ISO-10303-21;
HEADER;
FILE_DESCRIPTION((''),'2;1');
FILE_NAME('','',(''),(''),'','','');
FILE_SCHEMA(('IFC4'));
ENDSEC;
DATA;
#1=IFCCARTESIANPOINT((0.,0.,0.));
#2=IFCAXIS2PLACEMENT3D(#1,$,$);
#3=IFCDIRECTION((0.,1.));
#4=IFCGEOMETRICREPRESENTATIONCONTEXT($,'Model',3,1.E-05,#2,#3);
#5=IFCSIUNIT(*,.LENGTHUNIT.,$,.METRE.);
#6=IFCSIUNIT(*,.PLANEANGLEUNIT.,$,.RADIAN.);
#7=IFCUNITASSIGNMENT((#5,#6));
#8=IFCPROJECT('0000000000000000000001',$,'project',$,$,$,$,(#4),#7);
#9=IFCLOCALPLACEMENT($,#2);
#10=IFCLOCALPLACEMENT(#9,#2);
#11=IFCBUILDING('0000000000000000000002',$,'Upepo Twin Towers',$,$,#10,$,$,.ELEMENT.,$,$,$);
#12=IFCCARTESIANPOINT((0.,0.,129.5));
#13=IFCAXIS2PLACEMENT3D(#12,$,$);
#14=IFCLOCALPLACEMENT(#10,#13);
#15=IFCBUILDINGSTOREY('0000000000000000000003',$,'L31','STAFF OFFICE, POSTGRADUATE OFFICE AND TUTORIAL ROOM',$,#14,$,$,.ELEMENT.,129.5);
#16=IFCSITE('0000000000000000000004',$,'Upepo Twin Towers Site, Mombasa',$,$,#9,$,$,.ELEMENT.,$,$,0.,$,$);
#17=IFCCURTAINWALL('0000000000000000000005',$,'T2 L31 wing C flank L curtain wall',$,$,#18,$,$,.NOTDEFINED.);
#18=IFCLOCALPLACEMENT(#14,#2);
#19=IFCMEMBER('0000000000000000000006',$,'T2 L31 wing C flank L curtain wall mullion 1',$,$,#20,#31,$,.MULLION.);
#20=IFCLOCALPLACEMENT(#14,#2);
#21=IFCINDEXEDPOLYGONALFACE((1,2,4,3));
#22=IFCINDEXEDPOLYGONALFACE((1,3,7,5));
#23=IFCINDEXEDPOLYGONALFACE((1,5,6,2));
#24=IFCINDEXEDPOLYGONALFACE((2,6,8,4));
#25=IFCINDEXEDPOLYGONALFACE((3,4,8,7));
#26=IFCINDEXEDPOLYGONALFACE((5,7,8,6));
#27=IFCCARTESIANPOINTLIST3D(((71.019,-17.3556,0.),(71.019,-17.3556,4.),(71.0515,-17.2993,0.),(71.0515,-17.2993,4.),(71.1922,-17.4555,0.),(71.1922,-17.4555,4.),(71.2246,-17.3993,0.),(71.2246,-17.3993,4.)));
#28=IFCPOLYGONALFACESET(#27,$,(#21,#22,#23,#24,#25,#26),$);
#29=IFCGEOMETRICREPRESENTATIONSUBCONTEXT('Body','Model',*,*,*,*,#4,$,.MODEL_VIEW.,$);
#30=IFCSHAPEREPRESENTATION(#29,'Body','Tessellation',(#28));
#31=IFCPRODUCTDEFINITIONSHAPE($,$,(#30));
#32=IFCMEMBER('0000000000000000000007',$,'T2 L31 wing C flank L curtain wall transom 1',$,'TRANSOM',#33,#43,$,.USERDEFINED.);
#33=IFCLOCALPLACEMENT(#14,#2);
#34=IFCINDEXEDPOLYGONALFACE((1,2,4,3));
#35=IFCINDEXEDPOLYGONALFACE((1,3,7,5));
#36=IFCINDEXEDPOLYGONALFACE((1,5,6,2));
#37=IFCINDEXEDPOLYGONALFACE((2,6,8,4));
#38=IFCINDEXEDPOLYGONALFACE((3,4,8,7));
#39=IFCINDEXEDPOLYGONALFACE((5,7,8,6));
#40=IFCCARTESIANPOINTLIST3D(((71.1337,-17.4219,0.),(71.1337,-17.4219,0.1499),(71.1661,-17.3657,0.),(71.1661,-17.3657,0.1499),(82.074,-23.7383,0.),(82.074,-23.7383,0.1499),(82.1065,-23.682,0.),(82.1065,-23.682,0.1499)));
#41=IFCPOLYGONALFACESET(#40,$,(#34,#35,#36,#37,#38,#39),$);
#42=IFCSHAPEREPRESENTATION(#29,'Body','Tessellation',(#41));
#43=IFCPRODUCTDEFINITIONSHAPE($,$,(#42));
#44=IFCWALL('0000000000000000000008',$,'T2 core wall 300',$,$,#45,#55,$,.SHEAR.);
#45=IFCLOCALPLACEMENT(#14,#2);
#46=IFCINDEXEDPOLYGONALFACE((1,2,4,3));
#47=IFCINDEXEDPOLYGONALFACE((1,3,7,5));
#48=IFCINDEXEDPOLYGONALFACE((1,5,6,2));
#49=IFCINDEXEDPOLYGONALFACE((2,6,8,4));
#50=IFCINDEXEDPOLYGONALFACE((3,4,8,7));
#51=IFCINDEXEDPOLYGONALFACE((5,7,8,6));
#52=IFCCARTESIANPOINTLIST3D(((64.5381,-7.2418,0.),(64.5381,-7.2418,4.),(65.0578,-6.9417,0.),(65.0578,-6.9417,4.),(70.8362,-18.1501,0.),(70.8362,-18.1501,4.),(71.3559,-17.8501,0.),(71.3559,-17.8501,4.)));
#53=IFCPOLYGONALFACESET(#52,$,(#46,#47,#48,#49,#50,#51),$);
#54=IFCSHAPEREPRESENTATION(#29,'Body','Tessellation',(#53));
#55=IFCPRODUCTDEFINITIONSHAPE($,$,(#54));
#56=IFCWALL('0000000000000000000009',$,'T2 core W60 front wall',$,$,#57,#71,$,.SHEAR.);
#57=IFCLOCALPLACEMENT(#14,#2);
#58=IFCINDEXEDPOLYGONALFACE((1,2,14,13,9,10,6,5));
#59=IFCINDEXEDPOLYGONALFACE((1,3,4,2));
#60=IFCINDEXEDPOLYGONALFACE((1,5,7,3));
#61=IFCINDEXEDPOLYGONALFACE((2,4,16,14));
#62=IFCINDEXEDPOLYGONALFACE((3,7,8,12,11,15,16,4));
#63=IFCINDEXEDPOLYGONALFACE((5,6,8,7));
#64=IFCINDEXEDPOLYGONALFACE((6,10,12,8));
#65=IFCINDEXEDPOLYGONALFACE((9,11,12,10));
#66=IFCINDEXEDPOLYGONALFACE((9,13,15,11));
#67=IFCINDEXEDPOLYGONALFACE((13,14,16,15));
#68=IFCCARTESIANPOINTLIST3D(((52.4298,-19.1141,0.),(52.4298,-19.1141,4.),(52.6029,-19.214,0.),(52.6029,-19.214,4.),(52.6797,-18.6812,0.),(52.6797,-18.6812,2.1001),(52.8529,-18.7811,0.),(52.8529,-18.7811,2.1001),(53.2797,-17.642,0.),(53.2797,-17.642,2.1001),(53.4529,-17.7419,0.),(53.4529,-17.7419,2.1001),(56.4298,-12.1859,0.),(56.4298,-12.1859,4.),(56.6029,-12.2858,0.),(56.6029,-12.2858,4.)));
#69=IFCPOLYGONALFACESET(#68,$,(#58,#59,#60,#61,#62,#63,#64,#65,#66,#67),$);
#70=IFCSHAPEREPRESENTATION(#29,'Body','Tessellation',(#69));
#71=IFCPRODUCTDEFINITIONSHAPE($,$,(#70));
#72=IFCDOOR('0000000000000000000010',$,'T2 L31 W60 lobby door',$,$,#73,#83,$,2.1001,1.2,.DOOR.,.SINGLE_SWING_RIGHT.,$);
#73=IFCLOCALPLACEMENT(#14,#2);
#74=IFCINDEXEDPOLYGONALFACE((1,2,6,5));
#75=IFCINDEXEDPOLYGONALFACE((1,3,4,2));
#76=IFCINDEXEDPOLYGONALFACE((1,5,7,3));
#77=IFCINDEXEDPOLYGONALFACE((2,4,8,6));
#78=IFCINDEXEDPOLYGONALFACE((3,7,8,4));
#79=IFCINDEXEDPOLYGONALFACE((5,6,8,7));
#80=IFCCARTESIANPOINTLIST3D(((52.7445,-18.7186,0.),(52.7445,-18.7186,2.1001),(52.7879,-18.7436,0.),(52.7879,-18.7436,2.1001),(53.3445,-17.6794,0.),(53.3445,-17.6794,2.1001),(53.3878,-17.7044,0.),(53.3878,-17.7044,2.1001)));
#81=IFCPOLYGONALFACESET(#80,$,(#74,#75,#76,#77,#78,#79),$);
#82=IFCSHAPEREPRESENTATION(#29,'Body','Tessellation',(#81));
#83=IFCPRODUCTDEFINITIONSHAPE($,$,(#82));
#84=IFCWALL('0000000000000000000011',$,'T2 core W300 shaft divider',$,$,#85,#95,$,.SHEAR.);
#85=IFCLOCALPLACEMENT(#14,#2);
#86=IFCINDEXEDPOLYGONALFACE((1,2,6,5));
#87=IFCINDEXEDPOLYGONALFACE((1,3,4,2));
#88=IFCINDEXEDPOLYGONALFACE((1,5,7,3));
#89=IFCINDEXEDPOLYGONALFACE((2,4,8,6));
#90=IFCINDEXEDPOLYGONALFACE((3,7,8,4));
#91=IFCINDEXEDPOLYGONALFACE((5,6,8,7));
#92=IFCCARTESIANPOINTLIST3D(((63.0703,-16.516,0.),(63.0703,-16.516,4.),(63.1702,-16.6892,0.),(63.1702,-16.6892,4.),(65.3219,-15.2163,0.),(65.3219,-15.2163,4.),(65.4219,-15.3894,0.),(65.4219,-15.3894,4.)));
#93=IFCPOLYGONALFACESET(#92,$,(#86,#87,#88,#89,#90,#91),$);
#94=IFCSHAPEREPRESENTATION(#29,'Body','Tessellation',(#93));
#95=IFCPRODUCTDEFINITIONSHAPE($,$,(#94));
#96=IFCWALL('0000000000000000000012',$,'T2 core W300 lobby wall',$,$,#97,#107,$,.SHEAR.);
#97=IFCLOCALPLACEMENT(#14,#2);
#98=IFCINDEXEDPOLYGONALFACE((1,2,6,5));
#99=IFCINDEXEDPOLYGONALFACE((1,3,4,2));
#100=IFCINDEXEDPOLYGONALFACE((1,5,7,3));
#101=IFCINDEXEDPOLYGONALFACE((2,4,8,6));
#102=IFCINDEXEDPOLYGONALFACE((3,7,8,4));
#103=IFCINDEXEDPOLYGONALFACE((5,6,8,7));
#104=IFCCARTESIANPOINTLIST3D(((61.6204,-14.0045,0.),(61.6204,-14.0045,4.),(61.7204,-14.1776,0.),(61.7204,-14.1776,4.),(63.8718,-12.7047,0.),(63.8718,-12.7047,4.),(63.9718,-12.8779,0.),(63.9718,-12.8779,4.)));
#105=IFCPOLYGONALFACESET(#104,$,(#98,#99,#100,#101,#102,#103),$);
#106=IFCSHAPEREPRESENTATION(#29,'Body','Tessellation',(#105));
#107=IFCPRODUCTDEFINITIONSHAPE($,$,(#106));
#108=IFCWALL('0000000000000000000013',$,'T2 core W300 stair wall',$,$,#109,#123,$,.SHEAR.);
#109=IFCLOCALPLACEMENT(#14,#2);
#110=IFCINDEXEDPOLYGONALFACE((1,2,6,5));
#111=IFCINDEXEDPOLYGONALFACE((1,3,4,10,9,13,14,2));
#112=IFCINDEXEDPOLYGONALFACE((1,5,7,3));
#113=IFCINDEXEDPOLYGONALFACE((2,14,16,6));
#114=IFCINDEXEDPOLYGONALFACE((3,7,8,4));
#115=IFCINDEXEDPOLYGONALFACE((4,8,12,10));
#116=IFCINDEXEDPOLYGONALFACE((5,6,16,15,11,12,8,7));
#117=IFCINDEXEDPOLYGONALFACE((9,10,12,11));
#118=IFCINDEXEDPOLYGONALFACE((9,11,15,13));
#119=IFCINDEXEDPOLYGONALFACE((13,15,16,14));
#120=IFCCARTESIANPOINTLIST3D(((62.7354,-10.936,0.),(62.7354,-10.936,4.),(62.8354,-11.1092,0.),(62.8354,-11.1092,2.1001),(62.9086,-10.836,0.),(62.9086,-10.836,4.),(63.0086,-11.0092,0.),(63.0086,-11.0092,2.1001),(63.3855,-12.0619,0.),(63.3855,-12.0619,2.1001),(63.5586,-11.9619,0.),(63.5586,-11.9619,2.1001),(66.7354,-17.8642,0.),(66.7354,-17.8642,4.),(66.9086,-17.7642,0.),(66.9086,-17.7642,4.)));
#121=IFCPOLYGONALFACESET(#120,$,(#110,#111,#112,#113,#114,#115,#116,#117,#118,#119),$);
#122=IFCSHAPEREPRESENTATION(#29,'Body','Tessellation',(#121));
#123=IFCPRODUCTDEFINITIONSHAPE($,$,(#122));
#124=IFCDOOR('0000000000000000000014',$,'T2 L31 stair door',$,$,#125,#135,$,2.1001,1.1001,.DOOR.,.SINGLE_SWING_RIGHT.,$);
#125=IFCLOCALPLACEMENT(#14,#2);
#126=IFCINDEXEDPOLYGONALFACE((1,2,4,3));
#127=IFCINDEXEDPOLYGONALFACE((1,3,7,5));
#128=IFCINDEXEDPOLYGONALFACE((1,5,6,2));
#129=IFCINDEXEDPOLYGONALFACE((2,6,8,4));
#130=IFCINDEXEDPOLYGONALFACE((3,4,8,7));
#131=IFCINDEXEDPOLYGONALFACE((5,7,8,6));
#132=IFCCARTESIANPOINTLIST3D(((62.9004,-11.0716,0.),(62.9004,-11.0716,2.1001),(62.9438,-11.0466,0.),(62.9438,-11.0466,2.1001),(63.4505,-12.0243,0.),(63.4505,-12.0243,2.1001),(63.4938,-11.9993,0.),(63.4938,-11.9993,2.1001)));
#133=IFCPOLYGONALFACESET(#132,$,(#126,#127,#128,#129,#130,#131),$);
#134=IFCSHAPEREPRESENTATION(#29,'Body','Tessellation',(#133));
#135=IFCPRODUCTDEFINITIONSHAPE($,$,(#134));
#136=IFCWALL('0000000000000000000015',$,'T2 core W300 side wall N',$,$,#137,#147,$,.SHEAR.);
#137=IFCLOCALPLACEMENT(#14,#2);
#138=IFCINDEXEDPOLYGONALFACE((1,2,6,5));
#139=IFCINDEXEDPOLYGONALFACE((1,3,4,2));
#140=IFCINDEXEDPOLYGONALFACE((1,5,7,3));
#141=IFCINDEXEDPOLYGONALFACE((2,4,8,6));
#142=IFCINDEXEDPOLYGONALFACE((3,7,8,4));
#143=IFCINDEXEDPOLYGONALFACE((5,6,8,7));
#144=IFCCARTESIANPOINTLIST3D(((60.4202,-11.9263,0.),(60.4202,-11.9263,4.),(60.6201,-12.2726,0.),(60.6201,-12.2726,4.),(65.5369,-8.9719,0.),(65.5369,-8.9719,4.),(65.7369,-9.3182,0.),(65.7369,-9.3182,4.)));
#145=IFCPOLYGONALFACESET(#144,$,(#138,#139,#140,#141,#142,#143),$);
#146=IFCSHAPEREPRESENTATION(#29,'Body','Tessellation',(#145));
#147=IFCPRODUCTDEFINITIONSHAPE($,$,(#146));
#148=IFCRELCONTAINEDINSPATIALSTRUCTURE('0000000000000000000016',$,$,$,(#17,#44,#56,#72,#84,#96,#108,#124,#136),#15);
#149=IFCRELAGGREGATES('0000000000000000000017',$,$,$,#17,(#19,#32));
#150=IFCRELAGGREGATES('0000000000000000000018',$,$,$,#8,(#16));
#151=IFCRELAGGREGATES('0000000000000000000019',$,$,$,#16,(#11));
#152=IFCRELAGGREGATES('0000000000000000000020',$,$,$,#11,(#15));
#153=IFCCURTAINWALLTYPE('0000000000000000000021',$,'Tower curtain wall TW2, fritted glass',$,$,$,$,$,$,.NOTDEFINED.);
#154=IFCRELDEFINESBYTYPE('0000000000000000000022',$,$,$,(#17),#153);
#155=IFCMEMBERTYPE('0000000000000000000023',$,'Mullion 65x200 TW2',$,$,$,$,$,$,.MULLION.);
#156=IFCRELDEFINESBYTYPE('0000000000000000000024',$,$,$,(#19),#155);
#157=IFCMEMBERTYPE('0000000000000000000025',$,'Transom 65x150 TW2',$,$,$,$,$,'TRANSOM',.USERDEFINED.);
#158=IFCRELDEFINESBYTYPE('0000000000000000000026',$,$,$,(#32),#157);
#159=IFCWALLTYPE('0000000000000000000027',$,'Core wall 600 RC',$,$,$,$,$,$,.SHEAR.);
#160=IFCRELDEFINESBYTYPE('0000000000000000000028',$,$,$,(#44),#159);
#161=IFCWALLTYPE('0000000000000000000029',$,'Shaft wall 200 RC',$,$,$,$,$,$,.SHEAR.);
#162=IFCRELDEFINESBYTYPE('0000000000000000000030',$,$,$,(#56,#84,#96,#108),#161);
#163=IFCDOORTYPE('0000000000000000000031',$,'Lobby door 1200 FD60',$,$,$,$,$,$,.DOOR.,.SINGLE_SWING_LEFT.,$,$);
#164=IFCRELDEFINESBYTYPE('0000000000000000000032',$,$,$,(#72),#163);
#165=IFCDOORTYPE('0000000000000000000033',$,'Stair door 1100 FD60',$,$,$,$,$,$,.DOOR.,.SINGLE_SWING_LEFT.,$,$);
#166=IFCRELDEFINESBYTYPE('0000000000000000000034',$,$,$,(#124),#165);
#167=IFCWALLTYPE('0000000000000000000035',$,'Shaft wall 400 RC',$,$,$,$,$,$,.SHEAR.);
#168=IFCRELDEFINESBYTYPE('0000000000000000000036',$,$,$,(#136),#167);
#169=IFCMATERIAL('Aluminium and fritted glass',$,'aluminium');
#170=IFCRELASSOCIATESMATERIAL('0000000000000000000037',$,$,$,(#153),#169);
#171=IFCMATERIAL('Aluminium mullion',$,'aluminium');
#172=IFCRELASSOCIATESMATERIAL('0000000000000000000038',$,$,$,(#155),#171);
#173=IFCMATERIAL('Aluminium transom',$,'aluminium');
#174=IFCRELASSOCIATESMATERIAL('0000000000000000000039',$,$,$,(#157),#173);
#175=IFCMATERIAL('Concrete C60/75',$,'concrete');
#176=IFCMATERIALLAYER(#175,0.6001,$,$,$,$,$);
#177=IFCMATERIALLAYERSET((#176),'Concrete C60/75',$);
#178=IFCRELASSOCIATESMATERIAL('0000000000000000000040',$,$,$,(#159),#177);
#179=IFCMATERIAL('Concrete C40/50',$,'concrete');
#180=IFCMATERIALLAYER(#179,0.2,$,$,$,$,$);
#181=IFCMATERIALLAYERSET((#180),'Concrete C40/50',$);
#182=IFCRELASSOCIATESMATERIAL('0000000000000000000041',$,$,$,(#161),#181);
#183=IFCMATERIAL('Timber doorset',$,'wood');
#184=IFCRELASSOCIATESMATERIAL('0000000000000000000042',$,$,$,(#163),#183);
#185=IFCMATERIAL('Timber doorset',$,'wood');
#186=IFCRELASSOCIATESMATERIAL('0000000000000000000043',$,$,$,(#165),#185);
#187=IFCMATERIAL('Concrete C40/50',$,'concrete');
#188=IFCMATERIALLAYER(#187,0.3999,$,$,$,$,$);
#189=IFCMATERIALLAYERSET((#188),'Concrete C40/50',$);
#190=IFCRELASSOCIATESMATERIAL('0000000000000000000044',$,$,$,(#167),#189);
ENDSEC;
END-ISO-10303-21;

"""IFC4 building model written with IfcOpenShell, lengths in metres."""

from ifc_helpers import new_model, si_unit, direction, frame, frame_2d, origin, origin_2d, place, context, subcontext, project, spatial, rectangle, extrude, material, layer, layer_set, material_profile, profile_set, type_object, element, fill, aggregate, save


model = new_model("IFC4")

# Units and contexts
model_context = context("Model", 3, precision=1e-05, world=origin(), true_north=direction((0.0, 1.0)))
body_context = subcontext(model_context, "Body", "Model", "MODEL_VIEW")
ifc_project = project(units=[si_unit("LENGTHUNIT", "METRE"), si_unit("PLANEANGLEUNIT", "RADIAN")], contexts=[model_context])

# Site, building, storey
site_placement = place(None, origin())
site = spatial("IfcSite", under=ifc_project, at=site_placement, Name="Upepo Twin Towers Site, Mombasa", CompositionType="ELEMENT", RefElevation=0.0)
building_placement = place(site_placement, origin())
building = spatial("IfcBuilding", under=site, at=building_placement, Name="Upepo Twin Towers", CompositionType="ELEMENT")
storey_placement = place(building_placement, frame((0.0, 0.0, 129.5)))
storey = spatial("IfcBuildingStorey", under=building, at=storey_placement, Name="L31", Description="STAFF OFFICE, POSTGRADUATE OFFICE AND TUTORIAL ROOM", CompositionType="ELEMENT", Elevation=129.5)

# Curtain wall, members
ifc_material_1 = material(Name="Aluminium and fritted glass", Category="aluminium")
curtain_wall_type = type_object("IfcCurtainWallType", Name="Tower curtain wall TW2, fritted glass", PredefinedType="NOTDEFINED", material=ifc_material_1)
curtain_wall_placement = place(storey_placement, origin())
curtain_wall = element("IfcCurtainWall", 1, at=curtain_wall_placement, inside=storey, type_object=curtain_wall_type, Name="T2 L31 wing C flank L curtain wall", PredefinedType="NOTDEFINED")
ifc_material_2 = material(Name="Aluminium mullion", Category="aluminium")
ifc_material_profile_1 = material_profile(ifc_material_2, rectangle(XDim=0.0649, YDim=0.2, at=origin_2d()), Name="MULLION 65x200")
ifc_profile_set_1 = profile_set([ifc_material_profile_1], Name="Aluminium mullion")
member_type_1 = type_object("IfcMemberType", Name="Mullion 65x200 TW2", PredefinedType="MULLION", material=ifc_profile_set_1)
member_1_placement = place(storey_placement, frame((71.1218, -17.3774, 0.0), z_axis=(0.0, 0.0, 1.0), x_axis=(0.5, 0.866025, 0.0)))
member_1 = element("IfcMember", 2, at=member_1_placement, type_object=member_type_1, Name="T2 L31 wing C flank L curtain wall mullion 1", PredefinedType="MULLION", context=body_context, shape_type="SweptSolid", body=[
    extrude(rectangle(XDim=0.0649, YDim=0.2, at=origin_2d()), origin(), (0.0, 0.0, 1.0), 4.0),
])
ifc_material_3 = material(Name="Aluminium transom", Category="aluminium")
ifc_material_profile_2 = material_profile(ifc_material_3, rectangle(XDim=0.0649, YDim=0.1499, at=origin_2d()), Name="TRANSOM 65x150")
ifc_profile_set_2 = profile_set([ifc_material_profile_2], Name="Aluminium transom")
member_type_2 = type_object("IfcMemberType", Name="Transom 65x150 TW2", ElementType="TRANSOM", PredefinedType="USERDEFINED", material=ifc_profile_set_2)
member_2_placement = place(storey_placement, frame((71.1499, -17.3938, 0.075), z_axis=(0.866027, -0.499997, 0.0), x_axis=(0.499997, 0.866027, 0.0)))
member_2 = element("IfcMember", 3, at=member_2_placement, type_object=member_type_2, Name="T2 L31 wing C flank L curtain wall transom 1", ObjectType="TRANSOM", PredefinedType="USERDEFINED", context=body_context, shape_type="SweptSolid", body=[
    extrude(rectangle(XDim=0.0649, YDim=0.1499, at=origin_2d()), origin(), (0.0, 0.0, 1.0), 12.6328),
])
aggregate(curtain_wall, [member_1, member_2])

# Wall
ifc_material_4 = material(Name="Concrete C60/75", Category="concrete")
ifc_layer_1 = layer(ifc_material_4, 0.6001)
ifc_layer_set_1 = layer_set([ifc_layer_1], Name="Concrete C60/75")
wall_type_1 = type_object("IfcWallType", Name="Core wall 600 RC", PredefinedType="SHEAR", material=ifc_layer_set_1)
wall_1_placement = place(storey_placement, frame((71.0959, -18.0, 0.0), z_axis=(0.0, 0.0, 1.0), x_axis=(-0.500006, 0.866022, 0.0)))
element("IfcWall", 4, at=wall_1_placement, inside=storey, type_object=wall_type_1, Name="T2 core wall 300", PredefinedType="SHEAR", context=body_context, shape_type="SweptSolid", body=[
    extrude(rectangle(XDim=12.5959, YDim=0.6001, at=frame_2d((6.2979, 0.0))), origin(), (0.0, 0.0, 1.0), 4.0),
])

# Wall, opening, door
ifc_material_5 = material(Name="Concrete C40/50", Category="concrete")
ifc_layer_2 = layer(ifc_material_5, 0.2)
ifc_layer_set_2 = layer_set([ifc_layer_2], Name="Concrete C40/50")
wall_type_2 = type_object("IfcWallType", Name="Shaft wall 200 RC", PredefinedType="SHEAR", material=ifc_layer_set_2)
wall_2_placement = place(storey_placement, frame((56.5164, -12.2358, 0.0), z_axis=(0.0, 0.0, 1.0), x_axis=(-0.499999, -0.866026, 0.0)))
wall_2 = element("IfcWall", 5, at=wall_2_placement, inside=storey, type_object=wall_type_2, Name="T2 core W60 front wall", PredefinedType="SHEAR", context=body_context, shape_type="SweptSolid", body=[
    extrude(rectangle(XDim=8.0, YDim=0.2, at=frame_2d((4.0, 0.0))), origin(), (0.0, 0.0, 1.0), 4.0),
])
opening_1_placement = place(wall_2_placement, frame((6.3, 0.0, 0.0)))
opening_1 = element("IfcOpeningElement", 6, at=opening_1_placement, cuts=wall_2, PredefinedType="OPENING", context=body_context, shape_type="SweptSolid", body=[
    extrude(rectangle(XDim=1.2, YDim=2.1001, at=frame_2d((0.6001, 1.05))), frame((0.0, 0.1099, 0.0), z_axis=(0.0, -1.0, 0.0), x_axis=(1.0, 0.0, 0.0)), (0.0, 0.0, 1.0), 0.22),
])
ifc_material_6 = material(Name="Timber doorset", Category="wood")
door_type_1 = type_object("IfcDoorType", Name="Lobby door 1200 FD60", OperationType="SINGLE_SWING_LEFT", PredefinedType="DOOR", material=ifc_material_6)
door_1_placement = place(opening_1_placement, origin())
door_1 = element("IfcDoor", 7, at=door_1_placement, inside=storey, type_object=door_type_1, Name="T2 L31 W60 lobby door", OperationType="SINGLE_SWING_RIGHT", OverallHeight=2.1001, OverallWidth=1.2, PredefinedType="DOOR", context=body_context, shape_type="SweptSolid", body=[
    extrude(rectangle(XDim=1.2, YDim=2.1001, at=frame_2d((0.6001, 1.05))), frame((0.0, 0.0249, 0.0), z_axis=(0.0, -1.0, 0.0), x_axis=(1.0, 0.0, 0.0)), (0.0, 0.0, 1.0), 0.05),
])
fill(opening_1, door_1)

# Walls
wall_3_placement = place(storey_placement, frame((63.1204, -16.6025, 0.0), z_axis=(0.0, 0.0, 1.0), x_axis=(0.866062, 0.499937, 0.0)))
element("IfcWall", 8, at=wall_3_placement, inside=storey, type_object=wall_type_2, Name="T2 core W300 shaft divider", PredefinedType="SHEAR", context=body_context, shape_type="SweptSolid", body=[
    extrude(rectangle(XDim=2.5999, YDim=0.2, at=frame_2d((1.2998, 0.0))), origin(), (0.0, 0.0, 1.0), 4.0),
])
wall_4_placement = place(storey_placement, frame((61.6704, -14.0911, 0.0), z_axis=(0.0, 0.0, 1.0), x_axis=(0.866039, 0.499977, 0.0)))
element("IfcWall", 9, at=wall_4_placement, inside=storey, type_object=wall_type_2, Name="T2 core W300 lobby wall", PredefinedType="SHEAR", context=body_context, shape_type="SweptSolid", body=[
    extrude(rectangle(XDim=2.5996, YDim=0.2, at=frame_2d((1.2998, 0.0))), origin(), (0.0, 0.0, 1.0), 4.0),
])

# Wall, opening, door
wall_5_placement = place(storey_placement, frame((66.822, -17.8142, 0.0), z_axis=(0.0, 0.0, 1.0), x_axis=(-0.499999, 0.866026, 0.0)))
wall_5 = element("IfcWall", 10, at=wall_5_placement, inside=storey, type_object=wall_type_2, Name="T2 core W300 stair wall", PredefinedType="SHEAR", context=body_context, shape_type="SweptSolid", body=[
    extrude(rectangle(XDim=8.0, YDim=0.2, at=frame_2d((4.0, 0.0))), origin(), (0.0, 0.0, 1.0), 4.0),
])
opening_2_placement = place(wall_5_placement, frame((6.7, 0.0, 0.0)))
opening_2 = element("IfcOpeningElement", 11, at=opening_2_placement, cuts=wall_5, PredefinedType="OPENING", context=body_context, shape_type="SweptSolid", body=[
    extrude(rectangle(XDim=1.1001, YDim=2.1001, at=frame_2d((0.55, 1.05))), frame((0.0, 0.1099, 0.0), z_axis=(0.0, -1.0, 0.0), x_axis=(1.0, 0.0, 0.0)), (0.0, 0.0, 1.0), 0.22),
])
ifc_material_7 = material(Name="Timber doorset", Category="wood")
door_type_2 = type_object("IfcDoorType", Name="Stair door 1100 FD60", OperationType="SINGLE_SWING_LEFT", PredefinedType="DOOR", material=ifc_material_7)
door_2_placement = place(opening_2_placement, origin())
door_2 = element("IfcDoor", 12, at=door_2_placement, inside=storey, type_object=door_type_2, Name="T2 L31 stair door", OperationType="SINGLE_SWING_RIGHT", OverallHeight=2.1001, OverallWidth=1.1001, PredefinedType="DOOR", context=body_context, shape_type="SweptSolid", body=[
    extrude(rectangle(XDim=1.1001, YDim=2.1001, at=frame_2d((0.55, 1.05))), frame((0.0, 0.0249, 0.0), z_axis=(0.0, -1.0, 0.0), x_axis=(1.0, 0.0, 0.0)), (0.0, 0.0, 1.0), 0.05),
])
fill(opening_2, door_2)

# Wall
ifc_material_8 = material(Name="Concrete C40/50", Category="concrete")
ifc_layer_3 = layer(ifc_material_8, 0.3999)
ifc_layer_set_3 = layer_set([ifc_layer_3], Name="Concrete C40/50")
wall_type_3 = type_object("IfcWallType", Name="Shaft wall 400 RC", PredefinedType="SHEAR", material=ifc_layer_set_3)
wall_6_placement = place(storey_placement, frame((60.5203, -12.0994, 0.0), z_axis=(0.0, 0.0, 1.0), x_axis=(0.866009, 0.500028, 0.0)))
element("IfcWall", 13, at=wall_6_placement, inside=storey, type_object=wall_type_3, Name="T2 core W300 side wall N", PredefinedType="SHEAR", context=body_context, shape_type="SweptSolid", body=[
    extrude(rectangle(XDim=5.9084, YDim=0.3999, at=frame_2d((2.9541, 0.0))), origin(), (0.0, 0.0, 1.0), 4.0),
])

save(model, "model.ifc")
